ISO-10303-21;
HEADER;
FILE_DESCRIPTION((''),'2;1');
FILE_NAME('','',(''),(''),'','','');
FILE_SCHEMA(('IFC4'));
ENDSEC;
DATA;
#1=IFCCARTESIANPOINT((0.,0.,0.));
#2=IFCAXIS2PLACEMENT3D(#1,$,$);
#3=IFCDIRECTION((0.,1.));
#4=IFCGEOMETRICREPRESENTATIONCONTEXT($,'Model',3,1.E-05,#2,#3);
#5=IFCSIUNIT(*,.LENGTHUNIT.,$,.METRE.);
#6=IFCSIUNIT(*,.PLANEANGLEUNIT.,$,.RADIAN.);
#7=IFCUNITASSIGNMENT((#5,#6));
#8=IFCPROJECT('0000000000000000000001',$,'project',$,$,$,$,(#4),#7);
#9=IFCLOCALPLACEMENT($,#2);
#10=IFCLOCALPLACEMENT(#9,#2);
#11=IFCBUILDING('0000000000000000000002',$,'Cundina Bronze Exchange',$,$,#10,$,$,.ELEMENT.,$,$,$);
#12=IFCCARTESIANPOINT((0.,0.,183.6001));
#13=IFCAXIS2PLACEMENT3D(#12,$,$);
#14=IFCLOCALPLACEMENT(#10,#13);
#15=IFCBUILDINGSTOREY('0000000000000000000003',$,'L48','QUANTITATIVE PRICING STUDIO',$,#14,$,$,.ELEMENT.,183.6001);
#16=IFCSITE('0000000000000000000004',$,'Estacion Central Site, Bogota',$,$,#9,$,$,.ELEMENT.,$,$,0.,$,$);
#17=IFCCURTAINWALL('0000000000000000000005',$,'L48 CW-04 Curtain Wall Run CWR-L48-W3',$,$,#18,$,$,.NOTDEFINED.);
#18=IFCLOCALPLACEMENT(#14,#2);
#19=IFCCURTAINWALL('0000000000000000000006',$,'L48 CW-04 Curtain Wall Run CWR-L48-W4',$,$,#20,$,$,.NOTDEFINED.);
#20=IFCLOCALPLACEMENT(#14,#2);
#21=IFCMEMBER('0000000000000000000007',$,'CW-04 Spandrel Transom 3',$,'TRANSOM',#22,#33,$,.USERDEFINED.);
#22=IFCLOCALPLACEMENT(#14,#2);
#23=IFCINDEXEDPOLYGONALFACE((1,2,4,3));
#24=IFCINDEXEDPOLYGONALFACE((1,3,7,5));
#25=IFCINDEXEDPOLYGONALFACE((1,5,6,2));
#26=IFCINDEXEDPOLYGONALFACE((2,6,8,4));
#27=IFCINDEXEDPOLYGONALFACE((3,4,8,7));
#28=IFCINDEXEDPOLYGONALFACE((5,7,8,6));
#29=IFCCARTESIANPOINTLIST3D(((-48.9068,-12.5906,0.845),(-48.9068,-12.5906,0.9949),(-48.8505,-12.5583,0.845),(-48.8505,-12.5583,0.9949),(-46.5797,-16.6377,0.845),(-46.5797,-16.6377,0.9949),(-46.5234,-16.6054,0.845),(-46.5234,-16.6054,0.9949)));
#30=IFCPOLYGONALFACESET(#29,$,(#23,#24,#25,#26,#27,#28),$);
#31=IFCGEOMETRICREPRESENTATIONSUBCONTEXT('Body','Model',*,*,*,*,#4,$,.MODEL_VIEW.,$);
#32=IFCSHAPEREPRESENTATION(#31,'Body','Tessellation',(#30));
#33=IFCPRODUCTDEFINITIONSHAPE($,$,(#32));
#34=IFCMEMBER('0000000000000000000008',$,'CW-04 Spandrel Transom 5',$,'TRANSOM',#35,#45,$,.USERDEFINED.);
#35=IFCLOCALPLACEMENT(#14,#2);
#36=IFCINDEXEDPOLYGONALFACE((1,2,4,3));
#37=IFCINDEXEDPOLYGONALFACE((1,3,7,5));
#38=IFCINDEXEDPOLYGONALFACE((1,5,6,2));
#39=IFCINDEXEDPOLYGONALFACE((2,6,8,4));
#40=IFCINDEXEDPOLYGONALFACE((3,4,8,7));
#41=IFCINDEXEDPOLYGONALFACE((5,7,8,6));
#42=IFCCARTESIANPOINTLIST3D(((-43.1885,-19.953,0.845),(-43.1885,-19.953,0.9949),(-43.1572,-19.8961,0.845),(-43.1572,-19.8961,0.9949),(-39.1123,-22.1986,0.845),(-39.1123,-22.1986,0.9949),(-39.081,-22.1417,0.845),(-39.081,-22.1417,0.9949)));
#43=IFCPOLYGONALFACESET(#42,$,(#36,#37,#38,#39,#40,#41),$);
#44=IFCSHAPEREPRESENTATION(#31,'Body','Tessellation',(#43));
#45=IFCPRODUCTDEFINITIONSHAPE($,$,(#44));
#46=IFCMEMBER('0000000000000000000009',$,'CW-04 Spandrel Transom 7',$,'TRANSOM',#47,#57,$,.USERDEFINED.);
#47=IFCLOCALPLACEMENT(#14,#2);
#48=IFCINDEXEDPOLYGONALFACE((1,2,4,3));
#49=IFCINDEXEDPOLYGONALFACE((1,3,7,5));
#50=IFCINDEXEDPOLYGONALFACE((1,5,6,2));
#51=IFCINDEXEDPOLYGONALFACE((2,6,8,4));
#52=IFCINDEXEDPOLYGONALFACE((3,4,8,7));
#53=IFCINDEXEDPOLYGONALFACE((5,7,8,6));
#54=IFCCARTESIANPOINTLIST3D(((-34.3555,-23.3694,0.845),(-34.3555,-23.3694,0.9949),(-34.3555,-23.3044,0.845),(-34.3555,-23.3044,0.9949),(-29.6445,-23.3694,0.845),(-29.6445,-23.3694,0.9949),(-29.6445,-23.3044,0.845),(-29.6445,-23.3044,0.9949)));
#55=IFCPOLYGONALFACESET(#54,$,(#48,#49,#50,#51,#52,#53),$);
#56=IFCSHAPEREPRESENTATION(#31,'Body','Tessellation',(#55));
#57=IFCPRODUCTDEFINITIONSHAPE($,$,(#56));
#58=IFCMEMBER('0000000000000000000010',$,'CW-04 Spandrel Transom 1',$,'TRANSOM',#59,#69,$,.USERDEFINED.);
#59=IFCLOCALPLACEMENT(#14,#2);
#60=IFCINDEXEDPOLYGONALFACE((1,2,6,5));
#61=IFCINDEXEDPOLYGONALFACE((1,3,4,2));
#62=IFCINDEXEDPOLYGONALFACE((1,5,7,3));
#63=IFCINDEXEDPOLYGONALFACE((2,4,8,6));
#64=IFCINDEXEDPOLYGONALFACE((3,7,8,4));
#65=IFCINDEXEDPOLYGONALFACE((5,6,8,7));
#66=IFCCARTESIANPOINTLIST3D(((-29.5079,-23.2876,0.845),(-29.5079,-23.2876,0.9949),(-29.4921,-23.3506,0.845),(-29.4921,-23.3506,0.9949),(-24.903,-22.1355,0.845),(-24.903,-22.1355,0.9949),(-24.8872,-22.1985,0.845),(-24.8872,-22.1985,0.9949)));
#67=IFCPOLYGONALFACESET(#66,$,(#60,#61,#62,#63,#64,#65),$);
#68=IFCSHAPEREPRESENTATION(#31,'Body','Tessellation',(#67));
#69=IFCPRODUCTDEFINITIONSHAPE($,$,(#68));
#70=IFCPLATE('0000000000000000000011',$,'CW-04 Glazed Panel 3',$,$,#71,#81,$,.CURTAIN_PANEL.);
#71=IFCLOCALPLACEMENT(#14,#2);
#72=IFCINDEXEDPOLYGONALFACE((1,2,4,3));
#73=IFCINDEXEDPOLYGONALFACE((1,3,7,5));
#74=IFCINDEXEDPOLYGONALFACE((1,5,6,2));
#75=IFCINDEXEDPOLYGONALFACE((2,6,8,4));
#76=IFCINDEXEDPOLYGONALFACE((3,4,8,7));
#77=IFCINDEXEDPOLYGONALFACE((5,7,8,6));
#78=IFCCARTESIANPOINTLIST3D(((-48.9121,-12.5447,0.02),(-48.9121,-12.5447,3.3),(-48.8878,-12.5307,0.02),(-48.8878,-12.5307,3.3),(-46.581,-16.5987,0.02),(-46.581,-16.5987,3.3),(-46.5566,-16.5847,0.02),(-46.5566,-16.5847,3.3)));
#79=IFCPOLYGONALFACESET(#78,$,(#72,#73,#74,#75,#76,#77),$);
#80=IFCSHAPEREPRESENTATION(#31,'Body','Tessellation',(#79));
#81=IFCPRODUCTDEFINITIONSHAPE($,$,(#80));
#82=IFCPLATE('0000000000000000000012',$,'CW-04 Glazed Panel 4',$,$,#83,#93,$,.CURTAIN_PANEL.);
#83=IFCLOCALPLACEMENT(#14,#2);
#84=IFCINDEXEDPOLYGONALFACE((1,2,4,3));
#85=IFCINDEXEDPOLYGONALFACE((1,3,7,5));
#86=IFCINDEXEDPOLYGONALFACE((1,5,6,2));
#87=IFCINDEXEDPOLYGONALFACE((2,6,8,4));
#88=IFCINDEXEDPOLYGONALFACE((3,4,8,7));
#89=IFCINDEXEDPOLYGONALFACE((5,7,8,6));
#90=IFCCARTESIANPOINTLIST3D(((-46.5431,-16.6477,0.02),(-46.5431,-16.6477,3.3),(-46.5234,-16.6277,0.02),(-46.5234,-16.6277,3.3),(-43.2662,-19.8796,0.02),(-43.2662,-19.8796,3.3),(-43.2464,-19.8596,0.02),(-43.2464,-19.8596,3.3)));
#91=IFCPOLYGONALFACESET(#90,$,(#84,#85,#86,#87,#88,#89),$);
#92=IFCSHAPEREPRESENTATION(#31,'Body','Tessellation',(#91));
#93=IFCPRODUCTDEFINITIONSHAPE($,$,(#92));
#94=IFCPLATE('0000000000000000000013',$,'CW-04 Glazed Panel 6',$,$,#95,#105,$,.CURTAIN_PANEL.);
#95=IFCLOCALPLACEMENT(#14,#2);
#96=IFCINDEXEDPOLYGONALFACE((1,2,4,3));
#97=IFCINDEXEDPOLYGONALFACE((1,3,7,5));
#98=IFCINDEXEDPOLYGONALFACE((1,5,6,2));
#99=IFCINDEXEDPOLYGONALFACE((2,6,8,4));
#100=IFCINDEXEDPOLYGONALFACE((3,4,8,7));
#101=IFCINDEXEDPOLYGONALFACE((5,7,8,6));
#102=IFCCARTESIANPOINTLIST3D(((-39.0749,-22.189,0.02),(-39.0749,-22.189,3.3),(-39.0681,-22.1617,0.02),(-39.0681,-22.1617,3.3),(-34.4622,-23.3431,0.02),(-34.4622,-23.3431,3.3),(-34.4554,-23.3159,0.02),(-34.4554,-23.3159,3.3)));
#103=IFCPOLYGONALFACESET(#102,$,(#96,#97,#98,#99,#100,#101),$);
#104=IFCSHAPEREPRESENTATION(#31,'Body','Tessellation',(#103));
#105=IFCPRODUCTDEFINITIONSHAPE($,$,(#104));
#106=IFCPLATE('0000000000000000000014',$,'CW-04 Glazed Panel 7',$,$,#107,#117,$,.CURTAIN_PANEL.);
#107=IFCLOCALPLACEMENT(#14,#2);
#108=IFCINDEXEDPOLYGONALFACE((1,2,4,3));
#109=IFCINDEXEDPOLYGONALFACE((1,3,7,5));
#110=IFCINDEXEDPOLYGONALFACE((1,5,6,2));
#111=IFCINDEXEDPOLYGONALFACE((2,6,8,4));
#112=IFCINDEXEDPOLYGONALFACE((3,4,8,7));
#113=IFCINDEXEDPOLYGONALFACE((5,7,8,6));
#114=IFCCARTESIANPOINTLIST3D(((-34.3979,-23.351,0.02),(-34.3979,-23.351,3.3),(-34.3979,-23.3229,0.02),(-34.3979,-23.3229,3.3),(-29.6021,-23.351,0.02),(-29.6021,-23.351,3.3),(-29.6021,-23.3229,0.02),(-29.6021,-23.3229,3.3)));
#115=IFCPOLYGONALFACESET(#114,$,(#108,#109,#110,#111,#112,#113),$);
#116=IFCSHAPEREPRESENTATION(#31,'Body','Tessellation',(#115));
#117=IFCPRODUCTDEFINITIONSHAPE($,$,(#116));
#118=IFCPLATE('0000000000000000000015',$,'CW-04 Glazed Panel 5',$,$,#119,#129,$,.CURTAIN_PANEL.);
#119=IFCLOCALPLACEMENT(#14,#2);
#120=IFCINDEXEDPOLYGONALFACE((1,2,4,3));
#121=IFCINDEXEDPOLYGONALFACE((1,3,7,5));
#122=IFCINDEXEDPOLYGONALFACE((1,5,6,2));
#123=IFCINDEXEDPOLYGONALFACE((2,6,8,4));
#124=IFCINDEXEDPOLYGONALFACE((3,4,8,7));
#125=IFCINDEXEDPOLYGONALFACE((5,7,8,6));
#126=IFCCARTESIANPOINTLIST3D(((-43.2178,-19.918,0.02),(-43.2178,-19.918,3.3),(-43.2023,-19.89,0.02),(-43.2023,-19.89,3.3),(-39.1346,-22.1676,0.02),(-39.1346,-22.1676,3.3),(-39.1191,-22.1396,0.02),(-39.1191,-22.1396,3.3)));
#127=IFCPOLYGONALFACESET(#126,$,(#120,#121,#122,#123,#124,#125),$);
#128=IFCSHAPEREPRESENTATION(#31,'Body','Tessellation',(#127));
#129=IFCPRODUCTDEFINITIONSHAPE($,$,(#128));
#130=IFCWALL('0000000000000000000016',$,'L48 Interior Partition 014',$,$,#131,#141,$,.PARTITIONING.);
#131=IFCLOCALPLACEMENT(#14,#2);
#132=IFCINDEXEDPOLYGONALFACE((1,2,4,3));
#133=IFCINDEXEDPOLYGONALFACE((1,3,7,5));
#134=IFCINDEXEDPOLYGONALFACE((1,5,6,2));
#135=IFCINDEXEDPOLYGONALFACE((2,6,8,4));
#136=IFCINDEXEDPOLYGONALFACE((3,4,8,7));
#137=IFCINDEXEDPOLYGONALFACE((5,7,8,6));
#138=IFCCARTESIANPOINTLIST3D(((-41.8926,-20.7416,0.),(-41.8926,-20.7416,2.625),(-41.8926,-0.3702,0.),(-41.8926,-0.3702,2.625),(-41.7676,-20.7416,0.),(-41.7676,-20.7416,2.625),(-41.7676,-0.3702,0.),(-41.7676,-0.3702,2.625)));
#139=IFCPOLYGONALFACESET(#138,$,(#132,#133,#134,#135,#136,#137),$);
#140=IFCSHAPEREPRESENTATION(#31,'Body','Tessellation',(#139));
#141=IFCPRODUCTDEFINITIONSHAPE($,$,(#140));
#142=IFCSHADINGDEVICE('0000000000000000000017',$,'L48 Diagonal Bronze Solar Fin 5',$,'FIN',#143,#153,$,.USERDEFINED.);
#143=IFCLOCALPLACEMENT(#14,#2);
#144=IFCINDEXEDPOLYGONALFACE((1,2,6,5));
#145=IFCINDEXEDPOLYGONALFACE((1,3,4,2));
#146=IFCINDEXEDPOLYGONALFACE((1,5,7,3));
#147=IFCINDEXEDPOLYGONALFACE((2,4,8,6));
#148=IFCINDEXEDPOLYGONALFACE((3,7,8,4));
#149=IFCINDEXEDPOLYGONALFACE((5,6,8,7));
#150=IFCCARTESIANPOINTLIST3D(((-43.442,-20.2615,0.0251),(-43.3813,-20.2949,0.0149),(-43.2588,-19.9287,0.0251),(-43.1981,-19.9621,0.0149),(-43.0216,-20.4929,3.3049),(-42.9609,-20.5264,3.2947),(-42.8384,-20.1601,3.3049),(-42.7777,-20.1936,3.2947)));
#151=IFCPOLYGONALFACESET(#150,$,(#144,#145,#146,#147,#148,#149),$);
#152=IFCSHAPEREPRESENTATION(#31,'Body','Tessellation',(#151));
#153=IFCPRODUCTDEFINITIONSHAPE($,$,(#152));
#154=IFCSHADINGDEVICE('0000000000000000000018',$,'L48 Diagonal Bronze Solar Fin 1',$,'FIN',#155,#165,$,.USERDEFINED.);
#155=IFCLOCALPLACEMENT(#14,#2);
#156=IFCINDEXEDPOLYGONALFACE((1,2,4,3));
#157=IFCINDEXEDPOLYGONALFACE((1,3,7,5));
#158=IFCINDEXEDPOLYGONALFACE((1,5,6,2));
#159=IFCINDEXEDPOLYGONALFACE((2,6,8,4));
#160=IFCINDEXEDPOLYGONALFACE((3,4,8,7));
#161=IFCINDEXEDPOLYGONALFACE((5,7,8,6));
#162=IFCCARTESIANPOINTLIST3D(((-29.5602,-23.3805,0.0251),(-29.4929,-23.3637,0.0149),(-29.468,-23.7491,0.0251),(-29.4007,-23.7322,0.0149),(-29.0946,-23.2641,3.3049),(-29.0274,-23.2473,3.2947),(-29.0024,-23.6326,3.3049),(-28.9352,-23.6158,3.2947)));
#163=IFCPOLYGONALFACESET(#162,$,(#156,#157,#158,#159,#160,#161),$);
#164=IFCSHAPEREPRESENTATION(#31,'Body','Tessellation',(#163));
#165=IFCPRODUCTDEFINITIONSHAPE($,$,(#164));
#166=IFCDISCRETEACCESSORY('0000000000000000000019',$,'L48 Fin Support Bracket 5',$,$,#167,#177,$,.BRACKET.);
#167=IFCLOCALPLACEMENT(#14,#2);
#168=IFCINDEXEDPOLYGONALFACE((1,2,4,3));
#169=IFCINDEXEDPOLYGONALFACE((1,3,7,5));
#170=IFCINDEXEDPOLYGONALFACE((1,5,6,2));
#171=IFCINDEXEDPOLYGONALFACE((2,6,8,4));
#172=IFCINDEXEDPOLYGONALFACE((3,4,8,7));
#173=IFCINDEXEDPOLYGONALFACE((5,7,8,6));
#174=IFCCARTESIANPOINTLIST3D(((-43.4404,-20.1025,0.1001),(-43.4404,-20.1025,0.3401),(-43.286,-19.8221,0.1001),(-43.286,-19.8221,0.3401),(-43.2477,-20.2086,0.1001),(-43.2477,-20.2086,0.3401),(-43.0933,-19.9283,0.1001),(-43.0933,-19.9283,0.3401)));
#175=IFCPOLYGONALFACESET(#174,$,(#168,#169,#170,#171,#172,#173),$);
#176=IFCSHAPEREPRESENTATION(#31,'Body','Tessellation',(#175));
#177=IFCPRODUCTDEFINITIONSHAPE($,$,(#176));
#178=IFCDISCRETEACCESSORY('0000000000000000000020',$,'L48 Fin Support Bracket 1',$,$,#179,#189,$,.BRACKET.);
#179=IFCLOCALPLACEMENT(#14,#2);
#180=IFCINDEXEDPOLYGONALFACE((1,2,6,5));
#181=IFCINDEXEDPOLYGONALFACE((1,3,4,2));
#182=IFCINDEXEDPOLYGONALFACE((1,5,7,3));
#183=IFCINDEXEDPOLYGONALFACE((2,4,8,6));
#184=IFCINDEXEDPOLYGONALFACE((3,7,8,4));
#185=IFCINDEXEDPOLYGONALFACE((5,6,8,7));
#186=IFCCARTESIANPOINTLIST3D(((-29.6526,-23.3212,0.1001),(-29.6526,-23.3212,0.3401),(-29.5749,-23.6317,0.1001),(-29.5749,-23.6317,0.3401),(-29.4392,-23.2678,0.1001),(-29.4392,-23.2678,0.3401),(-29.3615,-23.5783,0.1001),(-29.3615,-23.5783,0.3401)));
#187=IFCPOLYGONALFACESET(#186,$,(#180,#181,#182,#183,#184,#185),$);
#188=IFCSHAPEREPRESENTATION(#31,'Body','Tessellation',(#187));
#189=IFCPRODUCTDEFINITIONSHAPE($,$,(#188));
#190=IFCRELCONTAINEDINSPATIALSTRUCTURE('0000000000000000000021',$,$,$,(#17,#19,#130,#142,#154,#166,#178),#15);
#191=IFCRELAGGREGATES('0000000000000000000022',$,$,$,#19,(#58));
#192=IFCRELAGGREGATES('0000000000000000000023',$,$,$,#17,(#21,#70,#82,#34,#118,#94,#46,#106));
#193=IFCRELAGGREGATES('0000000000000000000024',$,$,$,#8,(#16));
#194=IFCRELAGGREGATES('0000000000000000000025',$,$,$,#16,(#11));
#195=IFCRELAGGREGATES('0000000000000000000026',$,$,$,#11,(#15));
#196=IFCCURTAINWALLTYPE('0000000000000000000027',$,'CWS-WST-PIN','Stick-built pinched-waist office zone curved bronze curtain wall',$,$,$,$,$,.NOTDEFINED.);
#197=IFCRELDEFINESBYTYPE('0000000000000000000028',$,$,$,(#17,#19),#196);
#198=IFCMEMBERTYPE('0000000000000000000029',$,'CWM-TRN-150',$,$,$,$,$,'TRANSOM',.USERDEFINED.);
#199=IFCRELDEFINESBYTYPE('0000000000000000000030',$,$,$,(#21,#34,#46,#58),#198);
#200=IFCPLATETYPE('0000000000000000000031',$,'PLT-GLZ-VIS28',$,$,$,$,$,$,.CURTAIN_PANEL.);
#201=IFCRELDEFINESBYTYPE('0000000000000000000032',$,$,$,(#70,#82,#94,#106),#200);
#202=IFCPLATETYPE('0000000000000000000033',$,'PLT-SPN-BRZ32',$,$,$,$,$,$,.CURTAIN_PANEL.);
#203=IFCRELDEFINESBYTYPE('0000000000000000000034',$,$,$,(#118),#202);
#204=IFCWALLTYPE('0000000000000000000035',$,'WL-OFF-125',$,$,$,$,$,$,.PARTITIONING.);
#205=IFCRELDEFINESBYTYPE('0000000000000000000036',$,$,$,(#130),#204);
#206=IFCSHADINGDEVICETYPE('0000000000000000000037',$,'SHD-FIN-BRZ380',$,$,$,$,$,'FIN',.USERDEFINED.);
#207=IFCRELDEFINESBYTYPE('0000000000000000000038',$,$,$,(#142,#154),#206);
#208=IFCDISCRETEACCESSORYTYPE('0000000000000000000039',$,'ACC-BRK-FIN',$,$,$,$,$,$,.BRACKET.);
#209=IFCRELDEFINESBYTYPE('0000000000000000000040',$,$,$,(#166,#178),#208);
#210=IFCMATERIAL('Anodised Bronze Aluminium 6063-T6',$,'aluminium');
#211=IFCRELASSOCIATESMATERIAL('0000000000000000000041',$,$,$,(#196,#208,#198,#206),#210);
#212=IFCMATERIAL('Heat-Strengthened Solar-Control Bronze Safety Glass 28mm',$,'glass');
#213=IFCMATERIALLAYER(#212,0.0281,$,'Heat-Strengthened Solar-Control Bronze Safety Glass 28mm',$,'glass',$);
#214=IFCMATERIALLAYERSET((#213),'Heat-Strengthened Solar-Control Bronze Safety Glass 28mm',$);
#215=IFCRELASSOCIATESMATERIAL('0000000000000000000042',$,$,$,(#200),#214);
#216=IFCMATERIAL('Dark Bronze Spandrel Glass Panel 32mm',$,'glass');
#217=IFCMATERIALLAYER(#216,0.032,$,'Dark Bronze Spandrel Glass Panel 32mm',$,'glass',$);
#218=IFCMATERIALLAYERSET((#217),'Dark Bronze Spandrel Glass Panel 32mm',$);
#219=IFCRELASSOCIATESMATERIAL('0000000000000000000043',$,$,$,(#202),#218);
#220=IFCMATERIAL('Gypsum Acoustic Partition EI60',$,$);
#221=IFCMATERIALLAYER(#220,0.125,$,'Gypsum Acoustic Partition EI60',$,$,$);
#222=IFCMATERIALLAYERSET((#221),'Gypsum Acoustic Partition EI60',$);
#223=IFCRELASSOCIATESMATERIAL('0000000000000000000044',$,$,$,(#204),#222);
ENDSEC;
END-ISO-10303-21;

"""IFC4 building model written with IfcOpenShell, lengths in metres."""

from ifc_helpers import new_model, si_unit, direction, frame, frame_2d, origin, origin_2d, place, context, subcontext, project, spatial, rectangle, extrude, material, layer, layer_set, material_profile, profile_set, type_object, element, aggregate, save


model = new_model("IFC4")

# Units and contexts
model_context = context("Model", 3, precision=1e-05, world=origin(), true_north=direction((0.0, 1.0)))
body_context = subcontext(model_context, "Body", "Model", "MODEL_VIEW")
ifc_project = project(units=[si_unit("LENGTHUNIT", "METRE"), si_unit("PLANEANGLEUNIT", "RADIAN")], contexts=[model_context])

# Site, building, storey
site_placement = place(None, origin())
site = spatial("IfcSite", under=ifc_project, at=site_placement, Name="Estacion Central Site, Bogota", CompositionType="ELEMENT", RefElevation=0.0)
building_placement = place(site_placement, origin())
building = spatial("IfcBuilding", under=site, at=building_placement, Name="Cundina Bronze Exchange", CompositionType="ELEMENT")
storey_placement = place(building_placement, frame((0.0, 0.0, 183.6001)))
storey = spatial("IfcBuildingStorey", under=building, at=storey_placement, Name="L48", Description="QUANTITATIVE PRICING STUDIO", CompositionType="ELEMENT", Elevation=183.6001)

# Curtain wall
ifc_material_1 = material(Name="Anodised Bronze Aluminium 6063-T6", Category="aluminium")
curtain_wall_type = type_object("IfcCurtainWallType", Name="CWS-WST-PIN", Description="Stick-built pinched-waist office zone curved bronze curtain wall", PredefinedType="NOTDEFINED", material=ifc_material_1)
curtain_wall_1_placement = place(storey_placement, origin())
curtain_wall_1 = element("IfcCurtainWall", 1, at=curtain_wall_1_placement, inside=storey, type_object=curtain_wall_type, Name="L48 CW-04 Curtain Wall Run CWR-L48-W3", PredefinedType="NOTDEFINED")

# Curtain wall
curtain_wall_2_placement = place(storey_placement, origin())
curtain_wall_2 = element("IfcCurtainWall", 2, at=curtain_wall_2_placement, inside=storey, type_object=curtain_wall_type, Name="L48 CW-04 Curtain Wall Run CWR-L48-W4", PredefinedType="NOTDEFINED")

# Members
ifc_material_profile_1 = material_profile(ifc_material_1, rectangle(XDim=0.0649, YDim=0.1499, at=origin_2d()), Name="AL65X150", Category="aluminium")
ifc_profile_set_1 = profile_set([ifc_material_profile_1], Name="Anodised Bronze Aluminium 6063-T6")
member_type_1 = type_object("IfcMemberType", Name="CWM-TRN-150", ElementType="TRANSOM", PredefinedType="USERDEFINED", material=ifc_profile_set_1)
member_1_placement = place(storey_placement, frame((-48.8787, -12.5745, 0.9199), z_axis=(0.49848, -0.866901, 0.0), x_axis=(0.866901, 0.49848, 0.0)))
member_1 = element("IfcMember", 3, at=member_1_placement, type_object=member_type_1, Name="CW-04 Spandrel Transom 3", ObjectType="TRANSOM", PredefinedType="USERDEFINED", context=body_context, shape_type="SweptSolid", body=[
    extrude(rectangle(XDim=0.0649, YDim=0.1499, at=origin_2d()), origin(), (0.0, 0.0, 1.0), 4.6685),
])
member_2_placement = place(storey_placement, frame((-43.1729, -19.9246, 0.9199), z_axis=(0.875879, -0.482531, 0.0), x_axis=(0.482531, 0.875879, 0.0)))
member_2 = element("IfcMember", 4, at=member_2_placement, type_object=member_type_1, Name="CW-04 Spandrel Transom 5", ObjectType="TRANSOM", PredefinedType="USERDEFINED", context=body_context, shape_type="SweptSolid", body=[
    extrude(rectangle(XDim=0.0649, YDim=0.1499, at=origin_2d()), origin(), (0.0, 0.0, 1.0), 4.6538),
])
member_3_placement = place(storey_placement, frame((-34.3555, -23.3369, 0.9199), z_axis=(1.0, 0.0, 0.0), x_axis=(0.0, 1.0, 0.0)))
member_3 = element("IfcMember", 5, at=member_3_placement, type_object=member_type_1, Name="CW-04 Spandrel Transom 7", ObjectType="TRANSOM", PredefinedType="USERDEFINED", context=body_context, shape_type="SweptSolid", body=[
    extrude(rectangle(XDim=0.0649, YDim=0.1499, at=origin_2d()), origin(), (0.0, 0.0, 1.0), 4.7109),
])
member_4_placement = place(storey_placement, frame((-29.5, -23.3191, 0.9199), z_axis=(0.9701, 0.242705, 0.0), x_axis=(-0.242705, 0.9701, 0.0)))
member_4 = element("IfcMember", 6, at=member_4_placement, type_object=member_type_1, Name="CW-04 Spandrel Transom 1", ObjectType="TRANSOM", PredefinedType="USERDEFINED", context=body_context, shape_type="SweptSolid", body=[
    extrude(rectangle(XDim=0.0649, YDim=0.1499, at=origin_2d()), origin(), (0.0, 0.0, 1.0), 4.7468),
])
aggregate(curtain_wall_2, [member_4])

# Plates
ifc_material_2 = material(Name="Heat-Strengthened Solar-Control Bronze Safety Glass 28mm", Category="glass")
ifc_layer_1 = layer(ifc_material_2, 0.0281, Name="Heat-Strengthened Solar-Control Bronze Safety Glass 28mm", Category="glass")
ifc_layer_set_1 = layer_set([ifc_layer_1], Name="Heat-Strengthened Solar-Control Bronze Safety Glass 28mm")
plate_type_1 = type_object("IfcPlateType", Name="PLT-GLZ-VIS28", PredefinedType="CURTAIN_PANEL", material=ifc_layer_set_1)
plate_1_placement = place(storey_placement, frame((-47.7344, -14.5647, 0.02), z_axis=(0.0, 0.0, 1.0), x_axis=(0.498488, -0.866897, 0.0)))
plate_1 = element("IfcPlate", 7, at=plate_1_placement, type_object=plate_type_1, Name="CW-04 Glazed Panel 3", PredefinedType="CURTAIN_PANEL", context=body_context, shape_type="SweptSolid", body=[
    extrude(rectangle(XDim=4.6765, YDim=0.0281, at=origin_2d()), origin(), (0.0, 0.0, 1.0), 3.28),
])
plate_2_placement = place(storey_placement, frame((-44.8948, -18.2537, 0.02), z_axis=(0.0, 0.0, 1.0), x_axis=(0.711989, -0.70219, 0.0)))
plate_2 = element("IfcPlate", 8, at=plate_2_placement, type_object=plate_type_1, Name="CW-04 Glazed Panel 4", PredefinedType="CURTAIN_PANEL", context=body_context, shape_type="SweptSolid", body=[
    extrude(rectangle(XDim=4.6025, YDim=0.0281, at=origin_2d()), origin(), (0.0, 0.0, 1.0), 3.28),
])
plate_3_placement = place(storey_placement, frame((-36.7651, -22.7524, 0.02), z_axis=(0.0, 0.0, 1.0), x_axis=(0.970093, -0.242735, 0.0)))
plate_3 = element("IfcPlate", 9, at=plate_3_placement, type_object=plate_type_1, Name="CW-04 Glazed Panel 6", PredefinedType="CURTAIN_PANEL", context=body_context, shape_type="SweptSolid", body=[
    extrude(rectangle(XDim=4.7549, YDim=0.0281, at=origin_2d()), origin(), (0.0, 0.0, 1.0), 3.28),
])
plate_4_placement = place(storey_placement, frame((-32.0, -23.3369, 0.02), z_axis=(0.0, 0.0, 1.0), x_axis=(1.0, 0.0, 0.0)))
plate_4 = element("IfcPlate", 10, at=plate_4_placement, type_object=plate_type_1, Name="CW-04 Glazed Panel 7", PredefinedType="CURTAIN_PANEL", context=body_context, shape_type="SweptSolid", body=[
    extrude(rectangle(XDim=4.7959, YDim=0.0281, at=origin_2d()), origin(), (0.0, 0.0, 1.0), 3.28),
])
ifc_material_3 = material(Name="Dark Bronze Spandrel Glass Panel 32mm", Category="glass")
ifc_layer_2 = layer(ifc_material_3, 0.032, Name="Dark Bronze Spandrel Glass Panel 32mm", Category="glass")
ifc_layer_set_2 = layer_set([ifc_layer_2], Name="Dark Bronze Spandrel Glass Panel 32mm")
plate_type_2 = type_object("IfcPlateType", Name="PLT-SPN-BRZ32", PredefinedType="CURTAIN_PANEL", material=ifc_layer_set_2)
plate_5_placement = place(storey_placement, frame((-41.1685, -21.0288, 0.02), z_axis=(0.0, 0.0, 1.0), x_axis=(0.875869, -0.482549, 0.0)))
plate_5 = element("IfcPlate", 11, at=plate_5_placement, type_object=plate_type_2, Name="CW-04 Glazed Panel 5", PredefinedType="CURTAIN_PANEL", context=body_context, shape_type="SweptSolid", body=[
    extrude(rectangle(XDim=4.6619, YDim=0.032, at=origin_2d()), origin(), (0.0, 0.0, 1.0), 3.28),
])
aggregate(curtain_wall_1, [member_1, plate_1, plate_2, member_2, plate_5, plate_3, member_3, plate_4])

# Wall
ifc_material_4 = material(Name="Gypsum Acoustic Partition EI60")
ifc_layer_3 = layer(ifc_material_4, 0.125, Name="Gypsum Acoustic Partition EI60")
ifc_layer_set_3 = layer_set([ifc_layer_3], Name="Gypsum Acoustic Partition EI60")
wall_type = type_object("IfcWallType", Name="WL-OFF-125", PredefinedType="PARTITIONING", material=ifc_layer_set_3)
wall_placement = place(storey_placement, frame((-41.8301, -20.7415, 0.0), z_axis=(0.0, 0.0, 1.0), x_axis=(0.0, 1.0, 0.0)))
element("IfcWall", 12, at=wall_placement, inside=storey, type_object=wall_type, Name="L48 Interior Partition 014", PredefinedType="PARTITIONING", context=body_context, shape_type="SweptSolid", body=[
    extrude(rectangle(XDim=20.3713, YDim=0.125, at=frame_2d((10.1855, 0.0))), origin(), (0.0, 0.0, 1.0), 2.625),
])

# Shading devices
ifc_material_profile_2 = material_profile(ifc_material_1, rectangle(XDim=0.0701, YDim=0.3799, at=origin_2d()), Name="FIN70X380", Category="aluminium")
ifc_profile_set_2 = profile_set([ifc_material_profile_2], Name="Anodised Bronze Aluminium 6063-T6")
shading_device_type = type_object("IfcShadingDeviceType", Name="SHD-FIN-BRZ380", ElementType="FIN", PredefinedType="USERDEFINED", material=ifc_profile_set_2)
for number, where, z_axis, x_axis, name in (
    (13, (-43.3201, -20.1118, 0.02), (0.126832, -0.069824, 0.989464), (-0.866792, 0.477189, 0.144781), "L48 Diagonal Bronze Solar Fin 5"),
    (14, (-29.4805, -23.5564, 0.02), (0.140458, 0.035133, 0.989463), (-0.959891, -0.240099, 0.144785), "L48 Diagonal Bronze Solar Fin 1"),
):
    element("IfcShadingDevice", number, at=place(storey_placement, frame(where, z_axis=z_axis, x_axis=x_axis)), inside=storey, type_object=shading_device_type, Name=name, ObjectType="FIN", PredefinedType="USERDEFINED", context=body_context, shape_type="SweptSolid", body=[
        extrude(rectangle(XDim=0.0701, YDim=0.3799, at=origin_2d()), origin(), (0.0, 0.0, 1.0), 3.3147),
    ])

# Discrete accessories
discrete_accessory_type = type_object("IfcDiscreteAccessoryType", Name="ACC-BRK-FIN", PredefinedType="BRACKET", material=ifc_material_1)
for number, where, z_axis, x_axis, name in (
    (15, (-43.2668, -20.0154, 0.1001), (0.0, 0.0, 1.0), (0.875869, -0.482549, 0.0), "L48 Fin Support Bracket 5"),
    (16, (-29.5071, -23.4497, 0.1001), (0.0, 0.0, 1.0), (0.970093, 0.242735, 0.0), "L48 Fin Support Bracket 1"),
):
    element("IfcDiscreteAccessory", number, at=place(storey_placement, frame(where, z_axis=z_axis, x_axis=x_axis)), inside=storey, type_object=discrete_accessory_type, Name=name, PredefinedType="BRACKET", context=body_context, shape_type="SweptSolid", body=[
        extrude(rectangle(XDim=0.22, YDim=0.3201, at=origin_2d()), origin(), (0.0, 0.0, 1.0), 0.24),
    ])

save(model, "model.ifc")
